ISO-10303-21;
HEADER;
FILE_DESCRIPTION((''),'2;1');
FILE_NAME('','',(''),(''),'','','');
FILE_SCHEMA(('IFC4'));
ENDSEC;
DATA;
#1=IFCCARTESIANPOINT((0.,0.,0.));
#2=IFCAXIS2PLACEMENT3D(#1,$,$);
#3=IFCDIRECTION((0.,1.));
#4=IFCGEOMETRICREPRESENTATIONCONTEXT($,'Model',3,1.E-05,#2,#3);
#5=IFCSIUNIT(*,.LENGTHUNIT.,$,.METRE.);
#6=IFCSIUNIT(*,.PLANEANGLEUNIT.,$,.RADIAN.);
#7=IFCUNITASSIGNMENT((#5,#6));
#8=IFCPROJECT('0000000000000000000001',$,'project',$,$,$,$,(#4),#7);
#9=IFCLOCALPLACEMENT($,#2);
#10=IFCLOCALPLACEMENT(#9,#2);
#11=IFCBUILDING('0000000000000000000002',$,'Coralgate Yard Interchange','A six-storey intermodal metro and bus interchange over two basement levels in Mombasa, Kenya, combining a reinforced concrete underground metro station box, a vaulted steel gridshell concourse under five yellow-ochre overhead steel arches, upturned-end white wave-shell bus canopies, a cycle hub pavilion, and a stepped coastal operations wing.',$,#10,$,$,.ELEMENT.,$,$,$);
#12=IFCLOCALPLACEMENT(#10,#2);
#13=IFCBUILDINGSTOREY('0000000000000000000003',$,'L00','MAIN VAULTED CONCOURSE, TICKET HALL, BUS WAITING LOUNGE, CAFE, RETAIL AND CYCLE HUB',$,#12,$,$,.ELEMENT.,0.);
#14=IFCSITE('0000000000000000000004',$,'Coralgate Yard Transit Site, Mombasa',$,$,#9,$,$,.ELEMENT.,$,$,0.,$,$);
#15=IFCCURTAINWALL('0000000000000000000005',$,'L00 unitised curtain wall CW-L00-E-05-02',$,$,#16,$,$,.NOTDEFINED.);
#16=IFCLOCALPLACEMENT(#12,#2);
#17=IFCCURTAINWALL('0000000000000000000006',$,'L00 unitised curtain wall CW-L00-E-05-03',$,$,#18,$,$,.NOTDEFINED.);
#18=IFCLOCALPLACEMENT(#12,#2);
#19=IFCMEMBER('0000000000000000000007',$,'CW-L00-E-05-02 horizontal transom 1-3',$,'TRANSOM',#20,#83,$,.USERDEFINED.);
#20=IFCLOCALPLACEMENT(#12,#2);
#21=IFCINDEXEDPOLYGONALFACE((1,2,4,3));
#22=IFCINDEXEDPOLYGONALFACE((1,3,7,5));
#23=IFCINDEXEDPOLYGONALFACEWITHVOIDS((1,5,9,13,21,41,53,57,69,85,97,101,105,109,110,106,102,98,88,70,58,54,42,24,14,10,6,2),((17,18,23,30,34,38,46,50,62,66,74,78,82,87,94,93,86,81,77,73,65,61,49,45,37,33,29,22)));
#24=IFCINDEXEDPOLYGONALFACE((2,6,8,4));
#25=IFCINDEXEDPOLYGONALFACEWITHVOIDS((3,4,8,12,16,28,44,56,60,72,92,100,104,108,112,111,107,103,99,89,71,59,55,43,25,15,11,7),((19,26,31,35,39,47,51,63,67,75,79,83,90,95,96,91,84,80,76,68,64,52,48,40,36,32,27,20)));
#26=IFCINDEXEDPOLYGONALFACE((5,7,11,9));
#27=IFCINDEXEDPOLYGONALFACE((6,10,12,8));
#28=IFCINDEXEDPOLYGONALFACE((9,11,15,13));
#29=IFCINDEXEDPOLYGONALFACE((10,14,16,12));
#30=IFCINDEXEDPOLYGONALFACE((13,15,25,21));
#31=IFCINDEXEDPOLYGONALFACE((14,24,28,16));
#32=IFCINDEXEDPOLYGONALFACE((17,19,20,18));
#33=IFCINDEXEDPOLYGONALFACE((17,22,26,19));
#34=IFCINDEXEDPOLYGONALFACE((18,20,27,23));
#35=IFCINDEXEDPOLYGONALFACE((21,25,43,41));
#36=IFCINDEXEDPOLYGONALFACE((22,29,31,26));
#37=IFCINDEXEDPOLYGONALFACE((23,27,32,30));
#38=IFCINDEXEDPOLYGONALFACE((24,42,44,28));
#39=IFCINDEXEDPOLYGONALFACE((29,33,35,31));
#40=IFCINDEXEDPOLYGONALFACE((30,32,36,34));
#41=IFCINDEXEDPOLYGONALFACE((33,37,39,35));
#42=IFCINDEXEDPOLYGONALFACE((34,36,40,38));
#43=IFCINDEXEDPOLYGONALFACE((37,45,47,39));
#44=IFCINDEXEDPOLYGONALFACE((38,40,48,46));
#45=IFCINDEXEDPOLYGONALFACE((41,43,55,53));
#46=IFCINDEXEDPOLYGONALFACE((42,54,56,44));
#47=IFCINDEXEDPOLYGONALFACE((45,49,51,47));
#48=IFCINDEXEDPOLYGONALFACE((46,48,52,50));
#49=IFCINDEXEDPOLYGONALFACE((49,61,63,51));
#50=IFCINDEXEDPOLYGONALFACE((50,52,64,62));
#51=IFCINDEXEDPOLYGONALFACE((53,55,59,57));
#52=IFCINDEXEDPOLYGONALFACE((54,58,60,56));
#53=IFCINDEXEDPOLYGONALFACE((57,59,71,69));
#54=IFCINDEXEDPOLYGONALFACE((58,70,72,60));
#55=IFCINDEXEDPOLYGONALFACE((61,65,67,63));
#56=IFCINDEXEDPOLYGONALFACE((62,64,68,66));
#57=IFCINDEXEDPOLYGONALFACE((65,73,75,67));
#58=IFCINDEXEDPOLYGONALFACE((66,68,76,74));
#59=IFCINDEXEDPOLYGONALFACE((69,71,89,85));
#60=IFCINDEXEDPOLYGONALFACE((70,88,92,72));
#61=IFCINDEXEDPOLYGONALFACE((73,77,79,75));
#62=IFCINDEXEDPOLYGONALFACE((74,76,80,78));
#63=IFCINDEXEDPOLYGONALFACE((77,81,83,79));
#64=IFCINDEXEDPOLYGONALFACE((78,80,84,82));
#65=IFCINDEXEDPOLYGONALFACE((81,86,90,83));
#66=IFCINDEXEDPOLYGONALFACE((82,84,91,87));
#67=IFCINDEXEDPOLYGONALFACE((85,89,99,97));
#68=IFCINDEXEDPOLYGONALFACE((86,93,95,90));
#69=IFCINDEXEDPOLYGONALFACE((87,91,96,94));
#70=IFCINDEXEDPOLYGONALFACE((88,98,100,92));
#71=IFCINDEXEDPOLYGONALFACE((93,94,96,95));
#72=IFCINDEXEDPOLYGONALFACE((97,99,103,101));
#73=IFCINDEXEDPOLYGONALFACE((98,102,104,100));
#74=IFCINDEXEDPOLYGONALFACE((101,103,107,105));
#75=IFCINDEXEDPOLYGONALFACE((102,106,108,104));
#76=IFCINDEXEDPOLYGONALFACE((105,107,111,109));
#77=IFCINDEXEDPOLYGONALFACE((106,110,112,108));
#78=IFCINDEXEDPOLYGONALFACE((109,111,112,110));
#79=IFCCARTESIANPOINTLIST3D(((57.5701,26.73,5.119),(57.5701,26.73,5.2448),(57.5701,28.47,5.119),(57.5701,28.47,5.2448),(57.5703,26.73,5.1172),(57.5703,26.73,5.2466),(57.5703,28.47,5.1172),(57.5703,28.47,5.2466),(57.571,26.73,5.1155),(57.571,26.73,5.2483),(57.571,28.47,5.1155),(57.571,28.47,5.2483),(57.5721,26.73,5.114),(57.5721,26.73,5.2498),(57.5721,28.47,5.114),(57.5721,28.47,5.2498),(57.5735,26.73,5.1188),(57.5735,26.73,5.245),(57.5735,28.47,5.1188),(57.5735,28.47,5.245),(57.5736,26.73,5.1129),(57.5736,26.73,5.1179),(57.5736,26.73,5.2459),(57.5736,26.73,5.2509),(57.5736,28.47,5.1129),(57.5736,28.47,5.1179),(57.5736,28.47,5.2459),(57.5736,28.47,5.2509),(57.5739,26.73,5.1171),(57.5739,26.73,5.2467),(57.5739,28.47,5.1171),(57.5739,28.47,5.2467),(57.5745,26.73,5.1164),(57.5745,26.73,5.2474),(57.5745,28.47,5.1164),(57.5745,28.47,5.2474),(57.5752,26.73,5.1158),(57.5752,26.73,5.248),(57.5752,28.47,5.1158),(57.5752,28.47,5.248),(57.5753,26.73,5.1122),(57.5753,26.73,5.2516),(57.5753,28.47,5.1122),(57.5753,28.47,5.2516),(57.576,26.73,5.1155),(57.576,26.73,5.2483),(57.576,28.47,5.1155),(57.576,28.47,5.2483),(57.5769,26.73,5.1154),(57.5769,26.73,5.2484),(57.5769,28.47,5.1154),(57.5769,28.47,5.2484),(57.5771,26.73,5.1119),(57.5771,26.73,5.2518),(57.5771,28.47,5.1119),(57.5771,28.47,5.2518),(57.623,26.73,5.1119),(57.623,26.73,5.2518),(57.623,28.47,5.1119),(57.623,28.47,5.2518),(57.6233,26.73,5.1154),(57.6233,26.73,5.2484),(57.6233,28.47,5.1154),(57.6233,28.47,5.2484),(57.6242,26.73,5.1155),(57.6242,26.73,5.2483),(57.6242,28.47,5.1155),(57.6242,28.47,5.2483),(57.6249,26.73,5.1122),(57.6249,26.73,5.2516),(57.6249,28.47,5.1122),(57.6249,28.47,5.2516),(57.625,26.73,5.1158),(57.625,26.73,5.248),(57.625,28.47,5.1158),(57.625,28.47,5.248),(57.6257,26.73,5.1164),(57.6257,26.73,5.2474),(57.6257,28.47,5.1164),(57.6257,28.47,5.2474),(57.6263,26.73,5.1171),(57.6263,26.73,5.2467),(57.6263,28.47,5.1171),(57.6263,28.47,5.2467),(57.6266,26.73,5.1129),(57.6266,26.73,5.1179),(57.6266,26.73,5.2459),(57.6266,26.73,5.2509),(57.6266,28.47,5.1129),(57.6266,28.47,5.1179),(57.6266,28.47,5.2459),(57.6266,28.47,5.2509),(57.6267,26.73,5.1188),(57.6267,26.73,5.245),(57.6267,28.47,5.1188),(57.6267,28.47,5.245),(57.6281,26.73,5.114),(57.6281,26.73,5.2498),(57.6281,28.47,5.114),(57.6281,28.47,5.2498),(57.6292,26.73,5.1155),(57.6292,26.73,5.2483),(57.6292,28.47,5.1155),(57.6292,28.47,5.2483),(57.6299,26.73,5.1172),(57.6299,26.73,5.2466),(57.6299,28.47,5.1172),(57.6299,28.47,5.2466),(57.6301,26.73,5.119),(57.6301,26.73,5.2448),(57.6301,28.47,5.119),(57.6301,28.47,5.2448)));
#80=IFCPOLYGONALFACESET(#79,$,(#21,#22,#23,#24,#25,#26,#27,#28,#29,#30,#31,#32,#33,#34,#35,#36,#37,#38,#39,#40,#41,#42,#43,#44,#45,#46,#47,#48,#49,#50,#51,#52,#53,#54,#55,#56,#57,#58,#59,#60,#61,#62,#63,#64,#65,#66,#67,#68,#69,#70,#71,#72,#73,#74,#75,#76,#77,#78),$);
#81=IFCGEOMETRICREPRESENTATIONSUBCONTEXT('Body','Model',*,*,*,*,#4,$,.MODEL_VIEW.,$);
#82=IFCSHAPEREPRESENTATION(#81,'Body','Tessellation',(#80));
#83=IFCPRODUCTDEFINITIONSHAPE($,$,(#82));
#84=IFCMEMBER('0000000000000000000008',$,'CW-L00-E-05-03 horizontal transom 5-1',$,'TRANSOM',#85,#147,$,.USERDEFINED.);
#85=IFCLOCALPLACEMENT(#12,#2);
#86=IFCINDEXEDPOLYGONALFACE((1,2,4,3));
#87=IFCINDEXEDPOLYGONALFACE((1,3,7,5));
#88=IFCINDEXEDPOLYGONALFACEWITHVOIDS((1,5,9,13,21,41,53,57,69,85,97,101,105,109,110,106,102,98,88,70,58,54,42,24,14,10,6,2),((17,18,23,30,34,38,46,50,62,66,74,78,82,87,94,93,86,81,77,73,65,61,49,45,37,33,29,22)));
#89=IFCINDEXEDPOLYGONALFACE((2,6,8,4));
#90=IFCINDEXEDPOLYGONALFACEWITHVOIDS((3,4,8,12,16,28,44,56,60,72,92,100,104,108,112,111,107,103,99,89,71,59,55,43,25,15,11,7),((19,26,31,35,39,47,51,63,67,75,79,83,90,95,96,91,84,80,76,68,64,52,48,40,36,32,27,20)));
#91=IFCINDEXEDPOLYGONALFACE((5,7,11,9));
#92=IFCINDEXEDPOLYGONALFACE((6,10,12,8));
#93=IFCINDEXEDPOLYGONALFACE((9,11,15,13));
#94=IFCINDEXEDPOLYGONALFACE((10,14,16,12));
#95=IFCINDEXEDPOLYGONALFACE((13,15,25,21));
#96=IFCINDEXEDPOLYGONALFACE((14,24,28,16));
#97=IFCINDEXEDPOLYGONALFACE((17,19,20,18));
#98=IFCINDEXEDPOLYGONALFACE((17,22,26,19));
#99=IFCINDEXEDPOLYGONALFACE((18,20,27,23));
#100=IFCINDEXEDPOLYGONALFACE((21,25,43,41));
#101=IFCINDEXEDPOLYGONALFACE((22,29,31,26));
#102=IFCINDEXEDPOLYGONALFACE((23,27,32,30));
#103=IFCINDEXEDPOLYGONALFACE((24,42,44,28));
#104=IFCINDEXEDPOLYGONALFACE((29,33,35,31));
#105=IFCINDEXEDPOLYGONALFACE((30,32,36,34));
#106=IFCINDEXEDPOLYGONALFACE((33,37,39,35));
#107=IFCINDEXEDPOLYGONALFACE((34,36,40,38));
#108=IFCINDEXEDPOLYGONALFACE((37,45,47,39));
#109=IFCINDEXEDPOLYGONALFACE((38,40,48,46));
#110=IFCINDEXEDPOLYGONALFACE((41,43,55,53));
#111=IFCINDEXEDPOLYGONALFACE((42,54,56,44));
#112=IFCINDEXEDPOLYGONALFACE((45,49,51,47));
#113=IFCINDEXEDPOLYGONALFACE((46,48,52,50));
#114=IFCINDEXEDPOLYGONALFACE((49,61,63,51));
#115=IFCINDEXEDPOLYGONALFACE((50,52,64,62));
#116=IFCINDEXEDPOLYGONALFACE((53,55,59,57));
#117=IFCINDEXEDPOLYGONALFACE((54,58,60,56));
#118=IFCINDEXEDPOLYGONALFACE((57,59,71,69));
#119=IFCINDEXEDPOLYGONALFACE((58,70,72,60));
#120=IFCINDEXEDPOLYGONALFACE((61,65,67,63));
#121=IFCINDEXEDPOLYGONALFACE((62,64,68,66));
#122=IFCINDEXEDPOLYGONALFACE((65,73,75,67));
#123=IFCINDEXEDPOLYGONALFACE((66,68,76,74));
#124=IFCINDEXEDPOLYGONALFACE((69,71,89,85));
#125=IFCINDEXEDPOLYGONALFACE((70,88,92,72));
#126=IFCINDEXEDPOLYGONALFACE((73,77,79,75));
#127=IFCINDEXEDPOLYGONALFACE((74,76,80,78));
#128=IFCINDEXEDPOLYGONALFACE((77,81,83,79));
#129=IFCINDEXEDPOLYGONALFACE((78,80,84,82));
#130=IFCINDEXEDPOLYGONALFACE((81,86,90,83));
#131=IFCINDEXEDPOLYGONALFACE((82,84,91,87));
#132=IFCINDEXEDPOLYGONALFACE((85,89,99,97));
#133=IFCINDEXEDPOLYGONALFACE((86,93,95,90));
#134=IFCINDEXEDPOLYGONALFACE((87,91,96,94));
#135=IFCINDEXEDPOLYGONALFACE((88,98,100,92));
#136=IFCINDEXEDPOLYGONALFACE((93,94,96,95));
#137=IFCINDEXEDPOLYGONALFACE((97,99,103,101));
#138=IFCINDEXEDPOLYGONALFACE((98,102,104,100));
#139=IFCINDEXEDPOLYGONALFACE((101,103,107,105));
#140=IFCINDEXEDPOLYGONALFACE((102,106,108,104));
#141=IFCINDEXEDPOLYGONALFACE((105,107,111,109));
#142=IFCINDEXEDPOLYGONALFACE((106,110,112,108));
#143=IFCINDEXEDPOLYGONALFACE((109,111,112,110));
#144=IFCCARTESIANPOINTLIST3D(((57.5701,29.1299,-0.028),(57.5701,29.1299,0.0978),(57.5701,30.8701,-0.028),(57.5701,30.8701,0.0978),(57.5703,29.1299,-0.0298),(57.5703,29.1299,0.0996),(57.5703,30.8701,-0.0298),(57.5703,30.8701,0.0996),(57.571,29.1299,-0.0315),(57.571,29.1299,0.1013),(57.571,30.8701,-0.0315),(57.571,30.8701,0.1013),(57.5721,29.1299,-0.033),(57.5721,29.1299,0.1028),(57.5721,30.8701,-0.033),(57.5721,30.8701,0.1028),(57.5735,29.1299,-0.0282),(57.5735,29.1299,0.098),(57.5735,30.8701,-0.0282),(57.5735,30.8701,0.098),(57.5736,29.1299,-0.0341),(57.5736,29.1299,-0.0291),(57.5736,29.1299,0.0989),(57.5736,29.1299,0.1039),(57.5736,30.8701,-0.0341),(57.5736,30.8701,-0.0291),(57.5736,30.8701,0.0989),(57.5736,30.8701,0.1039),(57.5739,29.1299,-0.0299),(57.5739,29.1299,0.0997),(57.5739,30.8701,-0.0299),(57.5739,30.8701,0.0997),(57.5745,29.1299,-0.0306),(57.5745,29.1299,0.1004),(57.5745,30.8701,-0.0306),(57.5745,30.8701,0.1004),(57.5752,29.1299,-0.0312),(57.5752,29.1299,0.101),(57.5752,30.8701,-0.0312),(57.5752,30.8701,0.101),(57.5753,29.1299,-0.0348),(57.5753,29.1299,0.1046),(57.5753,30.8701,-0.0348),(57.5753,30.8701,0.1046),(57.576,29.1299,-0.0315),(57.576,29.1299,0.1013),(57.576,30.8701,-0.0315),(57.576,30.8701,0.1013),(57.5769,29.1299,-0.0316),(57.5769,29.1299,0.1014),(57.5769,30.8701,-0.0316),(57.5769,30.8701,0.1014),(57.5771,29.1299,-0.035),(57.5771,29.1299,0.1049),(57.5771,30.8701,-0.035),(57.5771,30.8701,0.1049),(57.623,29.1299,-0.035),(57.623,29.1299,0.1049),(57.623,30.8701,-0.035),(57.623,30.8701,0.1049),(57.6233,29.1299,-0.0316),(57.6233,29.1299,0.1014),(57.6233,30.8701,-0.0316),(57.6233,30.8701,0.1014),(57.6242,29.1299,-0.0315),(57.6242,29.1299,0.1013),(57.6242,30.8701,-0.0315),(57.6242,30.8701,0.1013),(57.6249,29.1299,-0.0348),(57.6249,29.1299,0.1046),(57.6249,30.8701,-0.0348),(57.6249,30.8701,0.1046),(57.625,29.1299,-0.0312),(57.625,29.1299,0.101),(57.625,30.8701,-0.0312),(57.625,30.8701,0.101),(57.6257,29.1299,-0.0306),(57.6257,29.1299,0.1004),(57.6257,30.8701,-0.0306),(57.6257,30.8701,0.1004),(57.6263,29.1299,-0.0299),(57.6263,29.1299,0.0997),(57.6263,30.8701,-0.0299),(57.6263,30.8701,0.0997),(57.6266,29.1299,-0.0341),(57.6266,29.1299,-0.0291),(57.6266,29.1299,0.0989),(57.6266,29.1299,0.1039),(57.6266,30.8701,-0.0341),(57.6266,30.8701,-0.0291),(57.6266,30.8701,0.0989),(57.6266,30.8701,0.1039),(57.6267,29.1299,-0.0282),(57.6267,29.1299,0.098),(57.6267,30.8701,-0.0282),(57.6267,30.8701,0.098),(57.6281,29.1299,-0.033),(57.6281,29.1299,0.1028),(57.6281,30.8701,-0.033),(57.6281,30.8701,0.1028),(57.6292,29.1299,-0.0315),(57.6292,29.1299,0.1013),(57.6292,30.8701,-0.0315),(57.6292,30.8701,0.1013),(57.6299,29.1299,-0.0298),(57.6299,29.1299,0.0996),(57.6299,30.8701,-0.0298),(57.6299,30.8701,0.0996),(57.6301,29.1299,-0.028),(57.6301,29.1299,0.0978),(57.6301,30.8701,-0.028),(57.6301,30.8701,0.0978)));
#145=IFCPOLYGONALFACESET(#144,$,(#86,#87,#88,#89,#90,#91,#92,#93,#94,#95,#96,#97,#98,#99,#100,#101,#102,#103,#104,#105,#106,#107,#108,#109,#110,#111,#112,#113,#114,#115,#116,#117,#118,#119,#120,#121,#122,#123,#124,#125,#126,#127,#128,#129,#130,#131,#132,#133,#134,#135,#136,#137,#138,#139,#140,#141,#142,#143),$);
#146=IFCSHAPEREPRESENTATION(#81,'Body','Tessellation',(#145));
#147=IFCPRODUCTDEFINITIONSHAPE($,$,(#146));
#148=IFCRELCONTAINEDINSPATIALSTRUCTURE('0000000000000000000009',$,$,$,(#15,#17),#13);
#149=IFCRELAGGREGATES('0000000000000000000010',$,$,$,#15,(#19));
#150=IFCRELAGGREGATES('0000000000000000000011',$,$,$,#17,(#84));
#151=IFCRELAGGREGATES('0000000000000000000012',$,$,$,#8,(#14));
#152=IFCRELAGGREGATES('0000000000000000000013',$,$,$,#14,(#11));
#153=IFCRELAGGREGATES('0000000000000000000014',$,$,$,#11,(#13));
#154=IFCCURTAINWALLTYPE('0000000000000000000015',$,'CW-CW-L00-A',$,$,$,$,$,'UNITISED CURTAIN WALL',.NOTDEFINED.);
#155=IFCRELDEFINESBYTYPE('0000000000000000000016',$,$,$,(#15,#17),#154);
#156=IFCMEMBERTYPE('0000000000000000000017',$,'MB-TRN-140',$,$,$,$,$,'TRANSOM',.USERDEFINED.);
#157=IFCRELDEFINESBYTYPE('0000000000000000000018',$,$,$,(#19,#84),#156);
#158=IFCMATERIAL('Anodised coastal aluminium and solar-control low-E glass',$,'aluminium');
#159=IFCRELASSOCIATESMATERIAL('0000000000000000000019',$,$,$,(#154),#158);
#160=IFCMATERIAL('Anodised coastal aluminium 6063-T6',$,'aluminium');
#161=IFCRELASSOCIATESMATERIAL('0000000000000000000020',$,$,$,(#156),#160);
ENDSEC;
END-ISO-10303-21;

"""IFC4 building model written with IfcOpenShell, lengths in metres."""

from ifc_helpers import new_model, si_unit, direction, frame, origin, origin_2d, place, context, subcontext, project, spatial, hollow_rectangle, extrude, material, material_profile, profile_set, type_object, element, aggregate, save


model = new_model("IFC4")

# Units and contexts
model_context = context("Model", 3, precision=1e-05, world=origin(), true_north=direction((0.0, 1.0)))
body_context = subcontext(model_context, "Body", "Model", "MODEL_VIEW")
ifc_project = project(units=[si_unit("LENGTHUNIT", "METRE"), si_unit("PLANEANGLEUNIT", "RADIAN")], contexts=[model_context])

# Site, building, storey
site_placement = place(None, origin())
site = spatial("IfcSite", under=ifc_project, at=site_placement, Name="Coralgate Yard Transit Site, Mombasa", CompositionType="ELEMENT", RefElevation=0.0)
building_placement = place(site_placement, origin())
building = spatial("IfcBuilding", under=site, at=building_placement, Name="Coralgate Yard Interchange", Description="A six-storey intermodal metro and bus interchange over two basement levels in Mombasa, Kenya, combining a reinforced concrete underground metro station box, a vaulted steel gridshell concourse under five yellow-ochre overhead steel arches, upturned-end white wave-shell bus canopies, a cycle hub pavilion, and a stepped coastal operations wing.", CompositionType="ELEMENT")
storey_placement = place(building_placement, origin())
storey = spatial("IfcBuildingStorey", under=building, at=storey_placement, Name="L00", Description="MAIN VAULTED CONCOURSE, TICKET HALL, BUS WAITING LOUNGE, CAFE, RETAIL AND CYCLE HUB", CompositionType="ELEMENT", Elevation=0.0)

# Curtain wall
ifc_material_1 = material(Name="Anodised coastal aluminium and solar-control low-E glass", Category="aluminium")
curtain_wall_type_1 = type_object("IfcCurtainWallType", Name="CW-CW-L00-A", ElementType="UNITISED CURTAIN WALL", PredefinedType="NOTDEFINED", material=ifc_material_1)
curtain_wall_1_placement = place(storey_placement, origin())
curtain_wall_1 = element("IfcCurtainWall", 1, at=curtain_wall_1_placement, inside=storey, type_object=curtain_wall_type_1, Name="L00 unitised curtain wall CW-L00-E-05-02", PredefinedType="NOTDEFINED")
ifc_material_2 = material(Name="Anodised coastal aluminium 6063-T6", Category="aluminium")

# Curtain wall
curtain_wall_2_placement = place(storey_placement, origin())
curtain_wall_2 = element("IfcCurtainWall", 2, at=curtain_wall_2_placement, inside=storey, type_object=curtain_wall_type_1, Name="L00 unitised curtain wall CW-L00-E-05-03", PredefinedType="NOTDEFINED")

# Members
ifc_material_profile_1 = material_profile(ifc_material_2, hollow_rectangle(XDim=0.0601, YDim=0.1399, WallThickness=0.0034, InnerFilletRadius=0.0034, OuterFilletRadius=0.0071, at=origin_2d()), Name="ALU 60x140x3.5")
ifc_profile_set_1 = profile_set([ifc_material_profile_1], Name="Anodised coastal aluminium 6063-T6")
member_type_1 = type_object("IfcMemberType", Name="MB-TRN-140", ElementType="TRANSOM", PredefinedType="USERDEFINED", material=ifc_profile_set_1)
member_1_placement = place(storey_placement, frame((57.6001, 28.47, 5.1819), z_axis=(0.0, -1.0, 0.0), x_axis=(1.0, 0.0, 0.0)))
member_1 = element("IfcMember", 3, at=member_1_placement, type_object=member_type_1, Name="CW-L00-E-05-02 horizontal transom 1-3", ObjectType="TRANSOM", PredefinedType="USERDEFINED", context=body_context, shape_type="SweptSolid", body=[
    extrude(hollow_rectangle(XDim=0.0601, YDim=0.1399, WallThickness=0.0034, InnerFilletRadius=0.0034, OuterFilletRadius=0.0071, at=origin_2d()), origin(), (0.0, 0.0, 1.0), 1.74),
])
member_2_placement = place(storey_placement, frame((57.6001, 30.8701, 0.0349), z_axis=(0.0, -1.0, 0.0), x_axis=(1.0, 0.0, 0.0)))
member_2 = element("IfcMember", 4, at=member_2_placement, type_object=member_type_1, Name="CW-L00-E-05-03 horizontal transom 5-1", ObjectType="TRANSOM", PredefinedType="USERDEFINED", context=body_context, shape_type="SweptSolid", body=[
    extrude(hollow_rectangle(XDim=0.0601, YDim=0.1399, WallThickness=0.0034, InnerFilletRadius=0.0034, OuterFilletRadius=0.0071, at=origin_2d()), origin(), (0.0, 0.0, 1.0), 1.7402),
])

aggregate(curtain_wall_1, [member_1])
aggregate(curtain_wall_2, [member_2])

save(model, "model.ifc")
